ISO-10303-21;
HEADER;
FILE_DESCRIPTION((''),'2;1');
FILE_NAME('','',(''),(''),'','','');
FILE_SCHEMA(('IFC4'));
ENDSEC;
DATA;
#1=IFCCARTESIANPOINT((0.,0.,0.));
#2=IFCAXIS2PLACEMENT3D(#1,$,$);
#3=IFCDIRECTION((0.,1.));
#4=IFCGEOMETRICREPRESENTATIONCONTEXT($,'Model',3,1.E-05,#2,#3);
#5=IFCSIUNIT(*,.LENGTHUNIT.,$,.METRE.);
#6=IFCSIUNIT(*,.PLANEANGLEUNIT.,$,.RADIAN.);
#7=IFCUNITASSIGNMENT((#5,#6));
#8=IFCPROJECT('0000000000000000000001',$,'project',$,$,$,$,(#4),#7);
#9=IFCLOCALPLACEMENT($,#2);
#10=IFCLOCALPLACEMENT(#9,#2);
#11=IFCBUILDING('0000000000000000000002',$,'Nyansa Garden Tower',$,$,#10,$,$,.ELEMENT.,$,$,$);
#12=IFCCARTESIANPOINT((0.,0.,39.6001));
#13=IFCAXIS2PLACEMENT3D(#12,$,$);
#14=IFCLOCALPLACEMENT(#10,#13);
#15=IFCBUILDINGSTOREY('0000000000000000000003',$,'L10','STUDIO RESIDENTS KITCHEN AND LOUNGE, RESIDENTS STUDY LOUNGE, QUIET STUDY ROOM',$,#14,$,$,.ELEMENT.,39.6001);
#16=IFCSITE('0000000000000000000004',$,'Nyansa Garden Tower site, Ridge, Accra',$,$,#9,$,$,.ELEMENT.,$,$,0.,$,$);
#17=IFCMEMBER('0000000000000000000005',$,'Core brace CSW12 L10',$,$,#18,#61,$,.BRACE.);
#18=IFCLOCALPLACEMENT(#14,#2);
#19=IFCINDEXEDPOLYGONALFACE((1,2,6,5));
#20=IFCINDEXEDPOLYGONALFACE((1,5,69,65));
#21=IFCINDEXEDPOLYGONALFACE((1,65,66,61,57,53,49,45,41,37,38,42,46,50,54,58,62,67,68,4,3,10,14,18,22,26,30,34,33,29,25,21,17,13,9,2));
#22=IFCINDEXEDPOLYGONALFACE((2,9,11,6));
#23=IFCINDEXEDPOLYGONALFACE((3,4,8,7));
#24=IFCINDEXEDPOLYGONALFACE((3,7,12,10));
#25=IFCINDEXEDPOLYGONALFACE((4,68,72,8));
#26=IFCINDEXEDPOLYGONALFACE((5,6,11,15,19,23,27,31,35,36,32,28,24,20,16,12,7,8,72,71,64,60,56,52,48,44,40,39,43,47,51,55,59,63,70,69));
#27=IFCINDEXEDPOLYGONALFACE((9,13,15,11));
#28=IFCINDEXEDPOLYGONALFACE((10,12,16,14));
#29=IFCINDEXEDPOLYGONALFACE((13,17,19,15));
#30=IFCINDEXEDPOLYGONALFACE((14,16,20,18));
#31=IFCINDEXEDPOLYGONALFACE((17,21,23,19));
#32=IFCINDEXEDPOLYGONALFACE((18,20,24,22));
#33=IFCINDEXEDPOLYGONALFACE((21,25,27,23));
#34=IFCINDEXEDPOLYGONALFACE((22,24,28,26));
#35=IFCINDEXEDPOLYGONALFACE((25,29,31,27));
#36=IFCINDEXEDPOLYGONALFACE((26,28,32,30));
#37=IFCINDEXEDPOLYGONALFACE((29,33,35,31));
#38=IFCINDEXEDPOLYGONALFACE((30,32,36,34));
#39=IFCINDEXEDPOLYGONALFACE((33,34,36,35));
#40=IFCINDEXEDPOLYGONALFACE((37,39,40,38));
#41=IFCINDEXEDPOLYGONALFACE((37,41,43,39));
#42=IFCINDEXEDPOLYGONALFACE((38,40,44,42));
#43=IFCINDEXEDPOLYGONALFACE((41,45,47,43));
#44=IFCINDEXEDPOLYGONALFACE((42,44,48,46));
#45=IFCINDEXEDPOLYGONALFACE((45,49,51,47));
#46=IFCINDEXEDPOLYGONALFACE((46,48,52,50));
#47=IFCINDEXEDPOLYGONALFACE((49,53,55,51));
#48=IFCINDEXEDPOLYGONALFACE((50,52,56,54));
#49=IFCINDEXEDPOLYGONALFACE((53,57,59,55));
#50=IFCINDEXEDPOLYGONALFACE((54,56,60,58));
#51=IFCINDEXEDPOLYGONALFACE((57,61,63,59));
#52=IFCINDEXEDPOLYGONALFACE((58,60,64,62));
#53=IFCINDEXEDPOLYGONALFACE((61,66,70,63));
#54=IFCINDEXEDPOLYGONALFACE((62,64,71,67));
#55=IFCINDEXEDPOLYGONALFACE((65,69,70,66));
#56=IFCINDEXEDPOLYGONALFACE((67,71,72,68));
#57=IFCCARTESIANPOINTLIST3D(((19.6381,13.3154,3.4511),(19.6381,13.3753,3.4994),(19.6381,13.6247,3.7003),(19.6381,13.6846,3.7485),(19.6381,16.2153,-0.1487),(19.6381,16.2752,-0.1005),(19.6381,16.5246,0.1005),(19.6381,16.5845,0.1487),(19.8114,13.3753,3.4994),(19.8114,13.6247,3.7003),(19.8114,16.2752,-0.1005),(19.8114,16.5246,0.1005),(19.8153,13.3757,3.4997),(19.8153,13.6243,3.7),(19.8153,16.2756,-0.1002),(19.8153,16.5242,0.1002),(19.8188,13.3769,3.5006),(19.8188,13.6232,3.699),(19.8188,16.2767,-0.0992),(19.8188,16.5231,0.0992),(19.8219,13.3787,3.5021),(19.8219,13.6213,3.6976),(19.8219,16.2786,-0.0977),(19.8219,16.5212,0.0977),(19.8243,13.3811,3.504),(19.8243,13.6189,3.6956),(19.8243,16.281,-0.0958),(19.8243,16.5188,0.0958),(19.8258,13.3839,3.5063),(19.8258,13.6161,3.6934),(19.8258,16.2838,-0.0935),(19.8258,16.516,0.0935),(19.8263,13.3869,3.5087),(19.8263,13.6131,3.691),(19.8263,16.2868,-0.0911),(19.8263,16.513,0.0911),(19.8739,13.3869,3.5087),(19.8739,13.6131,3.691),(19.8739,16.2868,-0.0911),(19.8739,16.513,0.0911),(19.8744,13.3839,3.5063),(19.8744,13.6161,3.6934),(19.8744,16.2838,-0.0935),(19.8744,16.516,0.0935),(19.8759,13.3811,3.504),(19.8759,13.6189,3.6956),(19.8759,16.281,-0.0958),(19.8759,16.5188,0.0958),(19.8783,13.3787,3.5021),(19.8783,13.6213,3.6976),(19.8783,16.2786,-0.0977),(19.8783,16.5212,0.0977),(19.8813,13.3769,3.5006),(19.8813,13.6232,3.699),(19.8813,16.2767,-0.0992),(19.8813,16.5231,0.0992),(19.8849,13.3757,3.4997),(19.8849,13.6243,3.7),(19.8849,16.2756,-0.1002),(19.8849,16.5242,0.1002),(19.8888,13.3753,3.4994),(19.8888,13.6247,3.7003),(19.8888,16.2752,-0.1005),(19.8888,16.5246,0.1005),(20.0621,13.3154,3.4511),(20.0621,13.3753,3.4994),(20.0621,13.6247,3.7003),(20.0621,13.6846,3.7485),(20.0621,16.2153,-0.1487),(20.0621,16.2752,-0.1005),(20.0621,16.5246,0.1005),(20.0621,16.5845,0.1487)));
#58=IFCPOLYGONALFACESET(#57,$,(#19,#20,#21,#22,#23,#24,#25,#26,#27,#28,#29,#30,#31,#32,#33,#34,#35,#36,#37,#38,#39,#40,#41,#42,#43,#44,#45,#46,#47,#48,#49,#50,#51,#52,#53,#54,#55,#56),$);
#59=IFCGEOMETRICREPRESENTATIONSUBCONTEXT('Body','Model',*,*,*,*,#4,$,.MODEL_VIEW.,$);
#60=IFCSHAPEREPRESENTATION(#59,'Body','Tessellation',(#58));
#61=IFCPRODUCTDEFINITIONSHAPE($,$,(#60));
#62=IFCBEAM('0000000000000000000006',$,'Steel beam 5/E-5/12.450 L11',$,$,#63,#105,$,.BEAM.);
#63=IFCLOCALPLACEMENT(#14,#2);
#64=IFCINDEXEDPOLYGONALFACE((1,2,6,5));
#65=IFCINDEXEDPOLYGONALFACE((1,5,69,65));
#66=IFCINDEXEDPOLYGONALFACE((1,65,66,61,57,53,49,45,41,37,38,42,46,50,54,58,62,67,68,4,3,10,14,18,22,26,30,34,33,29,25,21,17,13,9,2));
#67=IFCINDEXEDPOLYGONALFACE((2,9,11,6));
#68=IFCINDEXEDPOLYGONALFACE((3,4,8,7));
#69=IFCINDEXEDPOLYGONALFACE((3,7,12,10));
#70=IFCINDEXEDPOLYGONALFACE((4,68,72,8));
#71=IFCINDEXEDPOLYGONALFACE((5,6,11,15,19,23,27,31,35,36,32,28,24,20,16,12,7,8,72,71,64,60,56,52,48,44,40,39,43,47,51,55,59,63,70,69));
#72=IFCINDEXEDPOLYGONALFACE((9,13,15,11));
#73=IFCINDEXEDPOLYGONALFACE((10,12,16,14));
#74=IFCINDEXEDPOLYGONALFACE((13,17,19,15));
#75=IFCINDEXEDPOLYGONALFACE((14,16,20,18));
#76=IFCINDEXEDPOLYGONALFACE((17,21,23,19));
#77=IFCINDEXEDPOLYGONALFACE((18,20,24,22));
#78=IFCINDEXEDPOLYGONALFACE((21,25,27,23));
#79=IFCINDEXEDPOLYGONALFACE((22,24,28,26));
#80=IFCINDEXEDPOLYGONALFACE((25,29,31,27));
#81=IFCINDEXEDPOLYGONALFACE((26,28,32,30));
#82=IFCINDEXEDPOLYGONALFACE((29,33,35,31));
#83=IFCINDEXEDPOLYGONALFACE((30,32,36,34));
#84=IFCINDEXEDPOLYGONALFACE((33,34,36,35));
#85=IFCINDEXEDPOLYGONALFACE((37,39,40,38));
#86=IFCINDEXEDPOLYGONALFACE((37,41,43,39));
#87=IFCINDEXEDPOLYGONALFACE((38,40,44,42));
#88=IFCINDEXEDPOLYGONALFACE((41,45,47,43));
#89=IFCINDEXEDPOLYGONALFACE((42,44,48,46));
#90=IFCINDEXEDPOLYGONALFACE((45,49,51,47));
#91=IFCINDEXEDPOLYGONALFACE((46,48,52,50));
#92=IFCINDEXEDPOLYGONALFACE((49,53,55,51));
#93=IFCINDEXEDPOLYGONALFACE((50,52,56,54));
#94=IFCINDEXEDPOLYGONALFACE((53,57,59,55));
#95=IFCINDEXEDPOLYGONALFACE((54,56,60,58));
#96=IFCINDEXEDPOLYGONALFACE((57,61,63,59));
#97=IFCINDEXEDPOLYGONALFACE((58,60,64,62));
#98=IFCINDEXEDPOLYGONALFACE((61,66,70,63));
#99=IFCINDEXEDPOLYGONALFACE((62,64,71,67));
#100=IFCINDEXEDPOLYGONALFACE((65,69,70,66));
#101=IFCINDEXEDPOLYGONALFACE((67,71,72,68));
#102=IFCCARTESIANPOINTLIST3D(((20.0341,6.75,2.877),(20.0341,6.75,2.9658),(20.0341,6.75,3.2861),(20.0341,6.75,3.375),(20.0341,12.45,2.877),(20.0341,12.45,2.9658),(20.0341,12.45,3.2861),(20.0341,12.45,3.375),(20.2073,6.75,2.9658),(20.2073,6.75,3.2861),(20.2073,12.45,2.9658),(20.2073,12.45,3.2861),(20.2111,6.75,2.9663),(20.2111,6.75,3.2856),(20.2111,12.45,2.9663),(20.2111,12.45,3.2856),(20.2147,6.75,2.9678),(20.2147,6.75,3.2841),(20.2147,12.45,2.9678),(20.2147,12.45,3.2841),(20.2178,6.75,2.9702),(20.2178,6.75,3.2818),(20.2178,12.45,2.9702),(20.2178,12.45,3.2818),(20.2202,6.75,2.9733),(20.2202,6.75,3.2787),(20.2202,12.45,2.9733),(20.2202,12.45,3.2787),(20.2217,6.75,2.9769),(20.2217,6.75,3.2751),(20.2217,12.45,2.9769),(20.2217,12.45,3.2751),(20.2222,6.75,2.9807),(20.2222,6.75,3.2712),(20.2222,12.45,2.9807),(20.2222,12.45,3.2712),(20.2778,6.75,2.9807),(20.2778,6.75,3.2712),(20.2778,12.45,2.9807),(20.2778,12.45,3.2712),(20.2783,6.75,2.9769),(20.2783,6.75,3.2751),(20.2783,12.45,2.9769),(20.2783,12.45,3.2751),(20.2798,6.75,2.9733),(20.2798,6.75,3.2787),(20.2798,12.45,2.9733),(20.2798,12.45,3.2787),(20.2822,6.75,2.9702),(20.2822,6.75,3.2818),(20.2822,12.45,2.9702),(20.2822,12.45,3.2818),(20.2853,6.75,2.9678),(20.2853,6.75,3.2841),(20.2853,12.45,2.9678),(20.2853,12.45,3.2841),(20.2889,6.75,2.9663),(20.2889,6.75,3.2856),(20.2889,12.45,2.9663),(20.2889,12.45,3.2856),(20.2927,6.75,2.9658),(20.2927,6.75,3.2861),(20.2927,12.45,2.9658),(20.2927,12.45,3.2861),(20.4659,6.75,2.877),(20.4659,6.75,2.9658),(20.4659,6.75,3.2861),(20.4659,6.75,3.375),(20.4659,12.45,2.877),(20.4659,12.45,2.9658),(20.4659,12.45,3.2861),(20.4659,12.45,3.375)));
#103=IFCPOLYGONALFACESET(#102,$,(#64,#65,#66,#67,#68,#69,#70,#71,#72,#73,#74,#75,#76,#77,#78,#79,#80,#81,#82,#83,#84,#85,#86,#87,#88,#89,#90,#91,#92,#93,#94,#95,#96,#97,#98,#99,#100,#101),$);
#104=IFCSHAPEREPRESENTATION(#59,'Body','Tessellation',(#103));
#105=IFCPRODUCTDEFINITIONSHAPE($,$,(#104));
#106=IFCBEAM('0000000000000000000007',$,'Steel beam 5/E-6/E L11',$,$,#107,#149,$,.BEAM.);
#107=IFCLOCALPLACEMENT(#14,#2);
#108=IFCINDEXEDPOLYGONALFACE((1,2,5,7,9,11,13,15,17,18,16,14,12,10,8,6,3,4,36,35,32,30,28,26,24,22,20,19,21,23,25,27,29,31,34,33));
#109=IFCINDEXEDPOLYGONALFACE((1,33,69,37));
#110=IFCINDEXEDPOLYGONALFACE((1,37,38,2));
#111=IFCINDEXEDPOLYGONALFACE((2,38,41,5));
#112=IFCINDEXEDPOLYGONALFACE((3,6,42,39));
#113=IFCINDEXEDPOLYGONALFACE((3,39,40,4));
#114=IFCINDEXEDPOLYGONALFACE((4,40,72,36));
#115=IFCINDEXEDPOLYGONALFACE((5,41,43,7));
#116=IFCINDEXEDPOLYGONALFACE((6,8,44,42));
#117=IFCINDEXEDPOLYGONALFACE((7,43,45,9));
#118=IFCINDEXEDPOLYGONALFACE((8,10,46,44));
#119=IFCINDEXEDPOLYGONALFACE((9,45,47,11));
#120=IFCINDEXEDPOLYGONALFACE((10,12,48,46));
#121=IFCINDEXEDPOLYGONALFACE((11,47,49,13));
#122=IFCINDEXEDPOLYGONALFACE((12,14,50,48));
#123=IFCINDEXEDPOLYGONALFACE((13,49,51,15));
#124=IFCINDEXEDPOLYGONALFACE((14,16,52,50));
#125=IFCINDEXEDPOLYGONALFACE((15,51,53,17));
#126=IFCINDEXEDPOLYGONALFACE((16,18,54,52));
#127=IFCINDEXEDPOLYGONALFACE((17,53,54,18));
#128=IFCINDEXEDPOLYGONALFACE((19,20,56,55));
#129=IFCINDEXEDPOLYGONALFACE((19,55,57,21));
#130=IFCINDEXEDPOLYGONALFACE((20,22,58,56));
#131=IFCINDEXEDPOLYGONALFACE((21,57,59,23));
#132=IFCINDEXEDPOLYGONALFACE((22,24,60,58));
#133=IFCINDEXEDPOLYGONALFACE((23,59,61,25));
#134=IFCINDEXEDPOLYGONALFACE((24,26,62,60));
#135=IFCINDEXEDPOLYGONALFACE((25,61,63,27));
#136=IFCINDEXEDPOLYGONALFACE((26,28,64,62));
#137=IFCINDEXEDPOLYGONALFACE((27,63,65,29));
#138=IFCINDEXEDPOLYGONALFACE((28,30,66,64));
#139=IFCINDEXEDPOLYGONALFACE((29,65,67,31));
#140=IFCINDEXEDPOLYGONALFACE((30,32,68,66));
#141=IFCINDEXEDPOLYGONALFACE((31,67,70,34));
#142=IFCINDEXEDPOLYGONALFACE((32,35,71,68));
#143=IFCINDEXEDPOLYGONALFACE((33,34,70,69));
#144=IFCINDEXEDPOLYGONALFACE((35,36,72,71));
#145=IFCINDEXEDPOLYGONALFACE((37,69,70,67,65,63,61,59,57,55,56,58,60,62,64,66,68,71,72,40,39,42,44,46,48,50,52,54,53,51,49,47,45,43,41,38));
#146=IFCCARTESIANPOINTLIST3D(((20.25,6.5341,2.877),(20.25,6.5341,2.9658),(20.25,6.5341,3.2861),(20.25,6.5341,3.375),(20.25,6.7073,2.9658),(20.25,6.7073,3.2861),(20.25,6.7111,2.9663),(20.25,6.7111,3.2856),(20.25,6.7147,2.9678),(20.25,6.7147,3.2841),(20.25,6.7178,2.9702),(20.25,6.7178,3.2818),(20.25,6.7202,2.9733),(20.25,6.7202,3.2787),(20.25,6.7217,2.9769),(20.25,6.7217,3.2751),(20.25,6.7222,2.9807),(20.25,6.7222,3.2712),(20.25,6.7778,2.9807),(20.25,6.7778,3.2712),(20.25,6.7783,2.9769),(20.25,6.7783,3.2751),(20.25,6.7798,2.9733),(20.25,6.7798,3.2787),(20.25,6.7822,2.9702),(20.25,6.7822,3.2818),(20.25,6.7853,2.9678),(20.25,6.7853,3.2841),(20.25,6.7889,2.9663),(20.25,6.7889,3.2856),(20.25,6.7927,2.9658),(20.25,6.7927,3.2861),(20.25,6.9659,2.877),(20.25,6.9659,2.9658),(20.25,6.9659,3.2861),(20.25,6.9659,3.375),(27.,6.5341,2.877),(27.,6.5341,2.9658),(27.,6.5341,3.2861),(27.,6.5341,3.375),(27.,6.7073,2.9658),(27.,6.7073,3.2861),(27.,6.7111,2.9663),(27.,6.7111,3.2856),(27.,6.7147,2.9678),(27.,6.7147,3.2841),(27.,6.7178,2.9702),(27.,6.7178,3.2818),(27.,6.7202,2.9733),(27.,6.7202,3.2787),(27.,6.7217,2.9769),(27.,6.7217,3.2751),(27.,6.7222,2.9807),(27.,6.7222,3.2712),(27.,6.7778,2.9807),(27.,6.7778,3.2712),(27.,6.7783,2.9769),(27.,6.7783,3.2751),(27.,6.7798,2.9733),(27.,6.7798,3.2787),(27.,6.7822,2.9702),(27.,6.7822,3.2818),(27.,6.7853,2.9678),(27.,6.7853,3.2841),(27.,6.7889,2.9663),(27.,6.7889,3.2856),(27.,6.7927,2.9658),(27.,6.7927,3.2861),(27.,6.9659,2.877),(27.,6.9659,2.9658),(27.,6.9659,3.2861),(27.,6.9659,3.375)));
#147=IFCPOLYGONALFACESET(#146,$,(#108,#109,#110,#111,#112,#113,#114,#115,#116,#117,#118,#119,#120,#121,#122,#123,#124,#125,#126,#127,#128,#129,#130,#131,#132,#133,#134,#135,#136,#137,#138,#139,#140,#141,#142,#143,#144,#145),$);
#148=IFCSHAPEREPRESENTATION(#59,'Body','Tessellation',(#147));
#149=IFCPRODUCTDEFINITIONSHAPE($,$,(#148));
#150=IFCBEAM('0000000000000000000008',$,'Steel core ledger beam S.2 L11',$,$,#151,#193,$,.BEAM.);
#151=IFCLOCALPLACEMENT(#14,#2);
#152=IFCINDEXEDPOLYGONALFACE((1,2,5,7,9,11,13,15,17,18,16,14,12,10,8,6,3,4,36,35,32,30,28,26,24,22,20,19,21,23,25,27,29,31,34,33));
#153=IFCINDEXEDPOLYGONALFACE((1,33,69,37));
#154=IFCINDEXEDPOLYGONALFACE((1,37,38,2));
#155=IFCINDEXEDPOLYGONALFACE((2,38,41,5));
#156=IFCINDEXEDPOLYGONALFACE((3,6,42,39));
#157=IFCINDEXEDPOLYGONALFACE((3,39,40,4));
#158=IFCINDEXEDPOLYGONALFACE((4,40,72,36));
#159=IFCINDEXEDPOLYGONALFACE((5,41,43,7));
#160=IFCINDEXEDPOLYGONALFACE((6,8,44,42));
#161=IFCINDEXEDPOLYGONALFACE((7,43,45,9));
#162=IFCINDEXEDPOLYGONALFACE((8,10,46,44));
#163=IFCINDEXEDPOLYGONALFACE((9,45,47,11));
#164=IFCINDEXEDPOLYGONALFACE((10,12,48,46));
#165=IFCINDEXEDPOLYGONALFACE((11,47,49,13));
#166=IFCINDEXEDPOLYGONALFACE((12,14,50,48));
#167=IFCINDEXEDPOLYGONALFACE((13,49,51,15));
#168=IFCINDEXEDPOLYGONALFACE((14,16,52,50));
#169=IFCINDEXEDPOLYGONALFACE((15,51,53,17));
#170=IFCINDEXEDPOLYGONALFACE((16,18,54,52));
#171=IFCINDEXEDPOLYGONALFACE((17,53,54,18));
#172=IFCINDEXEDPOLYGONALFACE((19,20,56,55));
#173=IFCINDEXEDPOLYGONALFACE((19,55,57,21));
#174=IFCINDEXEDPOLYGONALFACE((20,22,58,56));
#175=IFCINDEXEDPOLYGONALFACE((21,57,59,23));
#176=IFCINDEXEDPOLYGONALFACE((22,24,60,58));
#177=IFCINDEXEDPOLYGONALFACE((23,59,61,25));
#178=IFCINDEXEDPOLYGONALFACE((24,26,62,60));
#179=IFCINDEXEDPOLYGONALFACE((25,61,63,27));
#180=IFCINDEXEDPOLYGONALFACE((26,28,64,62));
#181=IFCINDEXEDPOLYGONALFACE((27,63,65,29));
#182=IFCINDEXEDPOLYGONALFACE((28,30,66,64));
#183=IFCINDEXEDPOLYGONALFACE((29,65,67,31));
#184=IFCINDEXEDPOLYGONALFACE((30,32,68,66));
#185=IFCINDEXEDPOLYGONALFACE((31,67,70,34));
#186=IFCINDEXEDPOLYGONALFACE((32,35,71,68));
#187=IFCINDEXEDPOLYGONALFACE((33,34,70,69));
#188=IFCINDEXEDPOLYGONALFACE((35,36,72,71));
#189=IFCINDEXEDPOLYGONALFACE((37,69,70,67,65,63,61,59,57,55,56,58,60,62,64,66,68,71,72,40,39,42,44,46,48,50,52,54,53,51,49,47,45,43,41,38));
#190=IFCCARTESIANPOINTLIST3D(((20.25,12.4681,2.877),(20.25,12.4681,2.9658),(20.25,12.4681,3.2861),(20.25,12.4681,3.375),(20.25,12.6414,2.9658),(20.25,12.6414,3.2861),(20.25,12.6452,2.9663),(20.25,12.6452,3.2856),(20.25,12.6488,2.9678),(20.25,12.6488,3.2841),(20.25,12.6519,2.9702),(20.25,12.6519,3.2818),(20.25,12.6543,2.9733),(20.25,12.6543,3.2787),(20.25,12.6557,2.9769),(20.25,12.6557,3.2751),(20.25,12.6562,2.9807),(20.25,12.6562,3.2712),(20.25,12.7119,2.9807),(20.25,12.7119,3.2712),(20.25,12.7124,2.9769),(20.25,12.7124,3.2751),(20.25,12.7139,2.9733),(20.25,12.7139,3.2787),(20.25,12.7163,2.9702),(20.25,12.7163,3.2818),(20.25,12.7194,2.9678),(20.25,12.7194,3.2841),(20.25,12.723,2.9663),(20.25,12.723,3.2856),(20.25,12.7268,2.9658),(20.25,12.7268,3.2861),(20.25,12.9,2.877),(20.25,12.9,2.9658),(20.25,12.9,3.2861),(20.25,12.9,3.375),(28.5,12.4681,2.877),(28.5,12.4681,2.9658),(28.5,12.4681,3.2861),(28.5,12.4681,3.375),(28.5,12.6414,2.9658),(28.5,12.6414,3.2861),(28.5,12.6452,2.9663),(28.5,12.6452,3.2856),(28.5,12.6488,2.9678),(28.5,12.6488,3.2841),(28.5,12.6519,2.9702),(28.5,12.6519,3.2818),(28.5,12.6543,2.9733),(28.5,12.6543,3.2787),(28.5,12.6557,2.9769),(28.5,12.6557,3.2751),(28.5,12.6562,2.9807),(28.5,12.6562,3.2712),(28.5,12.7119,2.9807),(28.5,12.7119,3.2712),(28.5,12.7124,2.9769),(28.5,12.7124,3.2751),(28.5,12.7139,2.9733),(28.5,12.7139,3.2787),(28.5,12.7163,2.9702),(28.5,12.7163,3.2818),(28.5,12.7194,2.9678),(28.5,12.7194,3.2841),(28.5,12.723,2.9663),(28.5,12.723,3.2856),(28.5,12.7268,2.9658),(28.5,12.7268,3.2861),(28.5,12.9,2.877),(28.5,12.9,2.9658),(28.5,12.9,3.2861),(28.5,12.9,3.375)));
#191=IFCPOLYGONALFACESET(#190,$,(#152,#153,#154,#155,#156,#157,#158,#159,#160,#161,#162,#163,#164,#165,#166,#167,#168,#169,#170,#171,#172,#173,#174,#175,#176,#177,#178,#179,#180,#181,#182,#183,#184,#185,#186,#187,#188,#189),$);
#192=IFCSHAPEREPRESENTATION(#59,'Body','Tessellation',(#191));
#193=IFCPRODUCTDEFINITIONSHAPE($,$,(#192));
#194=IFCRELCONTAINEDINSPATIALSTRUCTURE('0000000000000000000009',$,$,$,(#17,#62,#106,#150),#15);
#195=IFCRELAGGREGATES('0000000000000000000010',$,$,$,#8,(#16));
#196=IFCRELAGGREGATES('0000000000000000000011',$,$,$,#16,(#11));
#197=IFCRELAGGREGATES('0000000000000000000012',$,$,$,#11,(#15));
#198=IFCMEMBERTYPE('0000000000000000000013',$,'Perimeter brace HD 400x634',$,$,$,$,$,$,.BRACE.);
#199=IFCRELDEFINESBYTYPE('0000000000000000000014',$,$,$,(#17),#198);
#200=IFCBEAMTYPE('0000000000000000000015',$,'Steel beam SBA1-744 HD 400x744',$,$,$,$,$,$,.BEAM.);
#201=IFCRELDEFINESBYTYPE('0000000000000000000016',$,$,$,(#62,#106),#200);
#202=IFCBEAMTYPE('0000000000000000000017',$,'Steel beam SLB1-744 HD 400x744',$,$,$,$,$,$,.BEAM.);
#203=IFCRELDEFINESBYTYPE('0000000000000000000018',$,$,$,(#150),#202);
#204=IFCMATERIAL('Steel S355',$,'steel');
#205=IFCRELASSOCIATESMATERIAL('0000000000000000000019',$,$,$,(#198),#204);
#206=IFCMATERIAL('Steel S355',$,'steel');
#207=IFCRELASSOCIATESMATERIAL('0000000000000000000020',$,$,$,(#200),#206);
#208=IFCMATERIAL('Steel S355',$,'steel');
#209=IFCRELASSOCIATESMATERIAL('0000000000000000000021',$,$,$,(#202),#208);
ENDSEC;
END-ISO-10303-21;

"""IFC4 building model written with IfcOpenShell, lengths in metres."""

from ifc_helpers import new_model, si_unit, direction, frame, origin, origin_2d, place, context, subcontext, project, spatial, i_section, extrude, material, material_profile, profile_set, type_object, element, save


model = new_model("IFC4")

# Units and contexts
model_context = context("Model", 3, precision=1e-05, world=origin(), true_north=direction((0.0, 1.0)))
body_context = subcontext(model_context, "Body", "Model", "MODEL_VIEW")
ifc_project = project(units=[si_unit("LENGTHUNIT", "METRE"), si_unit("PLANEANGLEUNIT", "RADIAN")], contexts=[model_context])

# Site, building, storey
site_placement = place(None, origin())
site = spatial("IfcSite", under=ifc_project, at=site_placement, Name="Nyansa Garden Tower site, Ridge, Accra", CompositionType="ELEMENT", RefElevation=0.0)
building_placement = place(site_placement, origin())
building = spatial("IfcBuilding", under=site, at=building_placement, Name="Nyansa Garden Tower", CompositionType="ELEMENT")
storey_placement = place(building_placement, frame((0.0, 0.0, 39.6001)))
storey = spatial("IfcBuildingStorey", under=building, at=storey_placement, Name="L10", Description="STUDIO RESIDENTS KITCHEN AND LOUNGE, RESIDENTS STUDY LOUNGE, QUIET STUDY ROOM", CompositionType="ELEMENT", Elevation=39.6001)

# Member
ifc_material_1 = material(Name="Steel S355", Category="steel")
ifc_material_profile_1 = material_profile(ifc_material_1, i_section(OverallWidth=0.4241, OverallDepth=0.4741, WebThickness=0.0476, FlangeThickness=0.0769, FilletRadius=0.0149, at=origin_2d()), Name="HD 400x634")
ifc_profile_set_1 = profile_set([ifc_material_profile_1], Name="Steel S355")
member_type = type_object("IfcMemberType", Name="Perimeter brace HD 400x634", PredefinedType="BRACE", material=ifc_profile_set_1)
for number, where, z_axis, x_axis, name in (
    (1, (19.8501, 16.3999, 0.0), (0.0, -0.627332, 0.778752), (1.0, 0.0, 0.0), "Core brace CSW12 L10"),
):
    element("IfcMember", number, at=place(storey_placement, frame(where, z_axis=z_axis, x_axis=x_axis)), inside=storey, type_object=member_type, Name=name, PredefinedType="BRACE", context=body_context, shape_type="SweptSolid", body=[
        extrude(i_section(OverallWidth=0.4241, OverallDepth=0.4741, WebThickness=0.0476, FlangeThickness=0.0769, FilletRadius=0.0149, at=origin_2d()), origin(), (0.0, 0.0, 1.0), 4.6226),
    ])

# Beams
ifc_material_2 = material(Name="Steel S355", Category="steel")
ifc_material_profile_2 = material_profile(ifc_material_2, i_section(OverallWidth=0.4319, OverallDepth=0.498, WebThickness=0.0557, FlangeThickness=0.0889, FilletRadius=0.0149, at=origin_2d()), Name="HD 400x744")
ifc_profile_set_2 = profile_set([ifc_material_profile_2], Name="Steel S355")
beam_type_1 = type_object("IfcBeamType", Name="Steel beam SBA1-744 HD 400x744", PredefinedType="BEAM", material=ifc_profile_set_2)
beam_1_placement = place(storey_placement, frame((20.25, 6.75, 3.126), z_axis=(0.0, 1.0, 0.0), x_axis=(-1.0, 0.0, 0.0)))
element("IfcBeam", 2, at=beam_1_placement, inside=storey, type_object=beam_type_1, Name="Steel beam 5/E-5/12.450 L11", PredefinedType="BEAM", context=body_context, shape_type="SweptSolid", body=[
    extrude(i_section(OverallWidth=0.4319, OverallDepth=0.498, WebThickness=0.0557, FlangeThickness=0.0889, FilletRadius=0.0149, at=origin_2d()), origin(), (0.0, 0.0, 1.0), 5.7),
])
beam_2_placement = place(storey_placement, frame((20.25, 6.75, 3.126), z_axis=(1.0, 0.0, 0.0), x_axis=(0.0, 1.0, 0.0)))
element("IfcBeam", 3, at=beam_2_placement, inside=storey, type_object=beam_type_1, Name="Steel beam 5/E-6/E L11", PredefinedType="BEAM", context=body_context, shape_type="SweptSolid", body=[
    extrude(i_section(OverallWidth=0.4319, OverallDepth=0.498, WebThickness=0.0557, FlangeThickness=0.0889, FilletRadius=0.0149, at=origin_2d()), origin(), (0.0, 0.0, 1.0), 6.75),
])
ifc_material_3 = material(Name="Steel S355", Category="steel")
ifc_material_profile_3 = material_profile(ifc_material_3, i_section(OverallWidth=0.4319, OverallDepth=0.498, WebThickness=0.0557, FlangeThickness=0.0889, FilletRadius=0.0149, at=origin_2d()), Name="HD 400x744")
ifc_profile_set_3 = profile_set([ifc_material_profile_3], Name="Steel S355")
beam_type_2 = type_object("IfcBeamType", Name="Steel beam SLB1-744 HD 400x744", PredefinedType="BEAM", material=ifc_profile_set_3)
beam_3_placement = place(storey_placement, frame((20.25, 12.6841, 3.126), z_axis=(1.0, 0.0, 0.0), x_axis=(0.0, 1.0, 0.0)))
element("IfcBeam", 4, at=beam_3_placement, inside=storey, type_object=beam_type_2, Name="Steel core ledger beam S.2 L11", PredefinedType="BEAM", context=body_context, shape_type="SweptSolid", body=[
    extrude(i_section(OverallWidth=0.4319, OverallDepth=0.498, WebThickness=0.0557, FlangeThickness=0.0889, FilletRadius=0.0149, at=origin_2d()), origin(), (0.0, 0.0, 1.0), 8.25),
])

save(model, "model.ifc")
